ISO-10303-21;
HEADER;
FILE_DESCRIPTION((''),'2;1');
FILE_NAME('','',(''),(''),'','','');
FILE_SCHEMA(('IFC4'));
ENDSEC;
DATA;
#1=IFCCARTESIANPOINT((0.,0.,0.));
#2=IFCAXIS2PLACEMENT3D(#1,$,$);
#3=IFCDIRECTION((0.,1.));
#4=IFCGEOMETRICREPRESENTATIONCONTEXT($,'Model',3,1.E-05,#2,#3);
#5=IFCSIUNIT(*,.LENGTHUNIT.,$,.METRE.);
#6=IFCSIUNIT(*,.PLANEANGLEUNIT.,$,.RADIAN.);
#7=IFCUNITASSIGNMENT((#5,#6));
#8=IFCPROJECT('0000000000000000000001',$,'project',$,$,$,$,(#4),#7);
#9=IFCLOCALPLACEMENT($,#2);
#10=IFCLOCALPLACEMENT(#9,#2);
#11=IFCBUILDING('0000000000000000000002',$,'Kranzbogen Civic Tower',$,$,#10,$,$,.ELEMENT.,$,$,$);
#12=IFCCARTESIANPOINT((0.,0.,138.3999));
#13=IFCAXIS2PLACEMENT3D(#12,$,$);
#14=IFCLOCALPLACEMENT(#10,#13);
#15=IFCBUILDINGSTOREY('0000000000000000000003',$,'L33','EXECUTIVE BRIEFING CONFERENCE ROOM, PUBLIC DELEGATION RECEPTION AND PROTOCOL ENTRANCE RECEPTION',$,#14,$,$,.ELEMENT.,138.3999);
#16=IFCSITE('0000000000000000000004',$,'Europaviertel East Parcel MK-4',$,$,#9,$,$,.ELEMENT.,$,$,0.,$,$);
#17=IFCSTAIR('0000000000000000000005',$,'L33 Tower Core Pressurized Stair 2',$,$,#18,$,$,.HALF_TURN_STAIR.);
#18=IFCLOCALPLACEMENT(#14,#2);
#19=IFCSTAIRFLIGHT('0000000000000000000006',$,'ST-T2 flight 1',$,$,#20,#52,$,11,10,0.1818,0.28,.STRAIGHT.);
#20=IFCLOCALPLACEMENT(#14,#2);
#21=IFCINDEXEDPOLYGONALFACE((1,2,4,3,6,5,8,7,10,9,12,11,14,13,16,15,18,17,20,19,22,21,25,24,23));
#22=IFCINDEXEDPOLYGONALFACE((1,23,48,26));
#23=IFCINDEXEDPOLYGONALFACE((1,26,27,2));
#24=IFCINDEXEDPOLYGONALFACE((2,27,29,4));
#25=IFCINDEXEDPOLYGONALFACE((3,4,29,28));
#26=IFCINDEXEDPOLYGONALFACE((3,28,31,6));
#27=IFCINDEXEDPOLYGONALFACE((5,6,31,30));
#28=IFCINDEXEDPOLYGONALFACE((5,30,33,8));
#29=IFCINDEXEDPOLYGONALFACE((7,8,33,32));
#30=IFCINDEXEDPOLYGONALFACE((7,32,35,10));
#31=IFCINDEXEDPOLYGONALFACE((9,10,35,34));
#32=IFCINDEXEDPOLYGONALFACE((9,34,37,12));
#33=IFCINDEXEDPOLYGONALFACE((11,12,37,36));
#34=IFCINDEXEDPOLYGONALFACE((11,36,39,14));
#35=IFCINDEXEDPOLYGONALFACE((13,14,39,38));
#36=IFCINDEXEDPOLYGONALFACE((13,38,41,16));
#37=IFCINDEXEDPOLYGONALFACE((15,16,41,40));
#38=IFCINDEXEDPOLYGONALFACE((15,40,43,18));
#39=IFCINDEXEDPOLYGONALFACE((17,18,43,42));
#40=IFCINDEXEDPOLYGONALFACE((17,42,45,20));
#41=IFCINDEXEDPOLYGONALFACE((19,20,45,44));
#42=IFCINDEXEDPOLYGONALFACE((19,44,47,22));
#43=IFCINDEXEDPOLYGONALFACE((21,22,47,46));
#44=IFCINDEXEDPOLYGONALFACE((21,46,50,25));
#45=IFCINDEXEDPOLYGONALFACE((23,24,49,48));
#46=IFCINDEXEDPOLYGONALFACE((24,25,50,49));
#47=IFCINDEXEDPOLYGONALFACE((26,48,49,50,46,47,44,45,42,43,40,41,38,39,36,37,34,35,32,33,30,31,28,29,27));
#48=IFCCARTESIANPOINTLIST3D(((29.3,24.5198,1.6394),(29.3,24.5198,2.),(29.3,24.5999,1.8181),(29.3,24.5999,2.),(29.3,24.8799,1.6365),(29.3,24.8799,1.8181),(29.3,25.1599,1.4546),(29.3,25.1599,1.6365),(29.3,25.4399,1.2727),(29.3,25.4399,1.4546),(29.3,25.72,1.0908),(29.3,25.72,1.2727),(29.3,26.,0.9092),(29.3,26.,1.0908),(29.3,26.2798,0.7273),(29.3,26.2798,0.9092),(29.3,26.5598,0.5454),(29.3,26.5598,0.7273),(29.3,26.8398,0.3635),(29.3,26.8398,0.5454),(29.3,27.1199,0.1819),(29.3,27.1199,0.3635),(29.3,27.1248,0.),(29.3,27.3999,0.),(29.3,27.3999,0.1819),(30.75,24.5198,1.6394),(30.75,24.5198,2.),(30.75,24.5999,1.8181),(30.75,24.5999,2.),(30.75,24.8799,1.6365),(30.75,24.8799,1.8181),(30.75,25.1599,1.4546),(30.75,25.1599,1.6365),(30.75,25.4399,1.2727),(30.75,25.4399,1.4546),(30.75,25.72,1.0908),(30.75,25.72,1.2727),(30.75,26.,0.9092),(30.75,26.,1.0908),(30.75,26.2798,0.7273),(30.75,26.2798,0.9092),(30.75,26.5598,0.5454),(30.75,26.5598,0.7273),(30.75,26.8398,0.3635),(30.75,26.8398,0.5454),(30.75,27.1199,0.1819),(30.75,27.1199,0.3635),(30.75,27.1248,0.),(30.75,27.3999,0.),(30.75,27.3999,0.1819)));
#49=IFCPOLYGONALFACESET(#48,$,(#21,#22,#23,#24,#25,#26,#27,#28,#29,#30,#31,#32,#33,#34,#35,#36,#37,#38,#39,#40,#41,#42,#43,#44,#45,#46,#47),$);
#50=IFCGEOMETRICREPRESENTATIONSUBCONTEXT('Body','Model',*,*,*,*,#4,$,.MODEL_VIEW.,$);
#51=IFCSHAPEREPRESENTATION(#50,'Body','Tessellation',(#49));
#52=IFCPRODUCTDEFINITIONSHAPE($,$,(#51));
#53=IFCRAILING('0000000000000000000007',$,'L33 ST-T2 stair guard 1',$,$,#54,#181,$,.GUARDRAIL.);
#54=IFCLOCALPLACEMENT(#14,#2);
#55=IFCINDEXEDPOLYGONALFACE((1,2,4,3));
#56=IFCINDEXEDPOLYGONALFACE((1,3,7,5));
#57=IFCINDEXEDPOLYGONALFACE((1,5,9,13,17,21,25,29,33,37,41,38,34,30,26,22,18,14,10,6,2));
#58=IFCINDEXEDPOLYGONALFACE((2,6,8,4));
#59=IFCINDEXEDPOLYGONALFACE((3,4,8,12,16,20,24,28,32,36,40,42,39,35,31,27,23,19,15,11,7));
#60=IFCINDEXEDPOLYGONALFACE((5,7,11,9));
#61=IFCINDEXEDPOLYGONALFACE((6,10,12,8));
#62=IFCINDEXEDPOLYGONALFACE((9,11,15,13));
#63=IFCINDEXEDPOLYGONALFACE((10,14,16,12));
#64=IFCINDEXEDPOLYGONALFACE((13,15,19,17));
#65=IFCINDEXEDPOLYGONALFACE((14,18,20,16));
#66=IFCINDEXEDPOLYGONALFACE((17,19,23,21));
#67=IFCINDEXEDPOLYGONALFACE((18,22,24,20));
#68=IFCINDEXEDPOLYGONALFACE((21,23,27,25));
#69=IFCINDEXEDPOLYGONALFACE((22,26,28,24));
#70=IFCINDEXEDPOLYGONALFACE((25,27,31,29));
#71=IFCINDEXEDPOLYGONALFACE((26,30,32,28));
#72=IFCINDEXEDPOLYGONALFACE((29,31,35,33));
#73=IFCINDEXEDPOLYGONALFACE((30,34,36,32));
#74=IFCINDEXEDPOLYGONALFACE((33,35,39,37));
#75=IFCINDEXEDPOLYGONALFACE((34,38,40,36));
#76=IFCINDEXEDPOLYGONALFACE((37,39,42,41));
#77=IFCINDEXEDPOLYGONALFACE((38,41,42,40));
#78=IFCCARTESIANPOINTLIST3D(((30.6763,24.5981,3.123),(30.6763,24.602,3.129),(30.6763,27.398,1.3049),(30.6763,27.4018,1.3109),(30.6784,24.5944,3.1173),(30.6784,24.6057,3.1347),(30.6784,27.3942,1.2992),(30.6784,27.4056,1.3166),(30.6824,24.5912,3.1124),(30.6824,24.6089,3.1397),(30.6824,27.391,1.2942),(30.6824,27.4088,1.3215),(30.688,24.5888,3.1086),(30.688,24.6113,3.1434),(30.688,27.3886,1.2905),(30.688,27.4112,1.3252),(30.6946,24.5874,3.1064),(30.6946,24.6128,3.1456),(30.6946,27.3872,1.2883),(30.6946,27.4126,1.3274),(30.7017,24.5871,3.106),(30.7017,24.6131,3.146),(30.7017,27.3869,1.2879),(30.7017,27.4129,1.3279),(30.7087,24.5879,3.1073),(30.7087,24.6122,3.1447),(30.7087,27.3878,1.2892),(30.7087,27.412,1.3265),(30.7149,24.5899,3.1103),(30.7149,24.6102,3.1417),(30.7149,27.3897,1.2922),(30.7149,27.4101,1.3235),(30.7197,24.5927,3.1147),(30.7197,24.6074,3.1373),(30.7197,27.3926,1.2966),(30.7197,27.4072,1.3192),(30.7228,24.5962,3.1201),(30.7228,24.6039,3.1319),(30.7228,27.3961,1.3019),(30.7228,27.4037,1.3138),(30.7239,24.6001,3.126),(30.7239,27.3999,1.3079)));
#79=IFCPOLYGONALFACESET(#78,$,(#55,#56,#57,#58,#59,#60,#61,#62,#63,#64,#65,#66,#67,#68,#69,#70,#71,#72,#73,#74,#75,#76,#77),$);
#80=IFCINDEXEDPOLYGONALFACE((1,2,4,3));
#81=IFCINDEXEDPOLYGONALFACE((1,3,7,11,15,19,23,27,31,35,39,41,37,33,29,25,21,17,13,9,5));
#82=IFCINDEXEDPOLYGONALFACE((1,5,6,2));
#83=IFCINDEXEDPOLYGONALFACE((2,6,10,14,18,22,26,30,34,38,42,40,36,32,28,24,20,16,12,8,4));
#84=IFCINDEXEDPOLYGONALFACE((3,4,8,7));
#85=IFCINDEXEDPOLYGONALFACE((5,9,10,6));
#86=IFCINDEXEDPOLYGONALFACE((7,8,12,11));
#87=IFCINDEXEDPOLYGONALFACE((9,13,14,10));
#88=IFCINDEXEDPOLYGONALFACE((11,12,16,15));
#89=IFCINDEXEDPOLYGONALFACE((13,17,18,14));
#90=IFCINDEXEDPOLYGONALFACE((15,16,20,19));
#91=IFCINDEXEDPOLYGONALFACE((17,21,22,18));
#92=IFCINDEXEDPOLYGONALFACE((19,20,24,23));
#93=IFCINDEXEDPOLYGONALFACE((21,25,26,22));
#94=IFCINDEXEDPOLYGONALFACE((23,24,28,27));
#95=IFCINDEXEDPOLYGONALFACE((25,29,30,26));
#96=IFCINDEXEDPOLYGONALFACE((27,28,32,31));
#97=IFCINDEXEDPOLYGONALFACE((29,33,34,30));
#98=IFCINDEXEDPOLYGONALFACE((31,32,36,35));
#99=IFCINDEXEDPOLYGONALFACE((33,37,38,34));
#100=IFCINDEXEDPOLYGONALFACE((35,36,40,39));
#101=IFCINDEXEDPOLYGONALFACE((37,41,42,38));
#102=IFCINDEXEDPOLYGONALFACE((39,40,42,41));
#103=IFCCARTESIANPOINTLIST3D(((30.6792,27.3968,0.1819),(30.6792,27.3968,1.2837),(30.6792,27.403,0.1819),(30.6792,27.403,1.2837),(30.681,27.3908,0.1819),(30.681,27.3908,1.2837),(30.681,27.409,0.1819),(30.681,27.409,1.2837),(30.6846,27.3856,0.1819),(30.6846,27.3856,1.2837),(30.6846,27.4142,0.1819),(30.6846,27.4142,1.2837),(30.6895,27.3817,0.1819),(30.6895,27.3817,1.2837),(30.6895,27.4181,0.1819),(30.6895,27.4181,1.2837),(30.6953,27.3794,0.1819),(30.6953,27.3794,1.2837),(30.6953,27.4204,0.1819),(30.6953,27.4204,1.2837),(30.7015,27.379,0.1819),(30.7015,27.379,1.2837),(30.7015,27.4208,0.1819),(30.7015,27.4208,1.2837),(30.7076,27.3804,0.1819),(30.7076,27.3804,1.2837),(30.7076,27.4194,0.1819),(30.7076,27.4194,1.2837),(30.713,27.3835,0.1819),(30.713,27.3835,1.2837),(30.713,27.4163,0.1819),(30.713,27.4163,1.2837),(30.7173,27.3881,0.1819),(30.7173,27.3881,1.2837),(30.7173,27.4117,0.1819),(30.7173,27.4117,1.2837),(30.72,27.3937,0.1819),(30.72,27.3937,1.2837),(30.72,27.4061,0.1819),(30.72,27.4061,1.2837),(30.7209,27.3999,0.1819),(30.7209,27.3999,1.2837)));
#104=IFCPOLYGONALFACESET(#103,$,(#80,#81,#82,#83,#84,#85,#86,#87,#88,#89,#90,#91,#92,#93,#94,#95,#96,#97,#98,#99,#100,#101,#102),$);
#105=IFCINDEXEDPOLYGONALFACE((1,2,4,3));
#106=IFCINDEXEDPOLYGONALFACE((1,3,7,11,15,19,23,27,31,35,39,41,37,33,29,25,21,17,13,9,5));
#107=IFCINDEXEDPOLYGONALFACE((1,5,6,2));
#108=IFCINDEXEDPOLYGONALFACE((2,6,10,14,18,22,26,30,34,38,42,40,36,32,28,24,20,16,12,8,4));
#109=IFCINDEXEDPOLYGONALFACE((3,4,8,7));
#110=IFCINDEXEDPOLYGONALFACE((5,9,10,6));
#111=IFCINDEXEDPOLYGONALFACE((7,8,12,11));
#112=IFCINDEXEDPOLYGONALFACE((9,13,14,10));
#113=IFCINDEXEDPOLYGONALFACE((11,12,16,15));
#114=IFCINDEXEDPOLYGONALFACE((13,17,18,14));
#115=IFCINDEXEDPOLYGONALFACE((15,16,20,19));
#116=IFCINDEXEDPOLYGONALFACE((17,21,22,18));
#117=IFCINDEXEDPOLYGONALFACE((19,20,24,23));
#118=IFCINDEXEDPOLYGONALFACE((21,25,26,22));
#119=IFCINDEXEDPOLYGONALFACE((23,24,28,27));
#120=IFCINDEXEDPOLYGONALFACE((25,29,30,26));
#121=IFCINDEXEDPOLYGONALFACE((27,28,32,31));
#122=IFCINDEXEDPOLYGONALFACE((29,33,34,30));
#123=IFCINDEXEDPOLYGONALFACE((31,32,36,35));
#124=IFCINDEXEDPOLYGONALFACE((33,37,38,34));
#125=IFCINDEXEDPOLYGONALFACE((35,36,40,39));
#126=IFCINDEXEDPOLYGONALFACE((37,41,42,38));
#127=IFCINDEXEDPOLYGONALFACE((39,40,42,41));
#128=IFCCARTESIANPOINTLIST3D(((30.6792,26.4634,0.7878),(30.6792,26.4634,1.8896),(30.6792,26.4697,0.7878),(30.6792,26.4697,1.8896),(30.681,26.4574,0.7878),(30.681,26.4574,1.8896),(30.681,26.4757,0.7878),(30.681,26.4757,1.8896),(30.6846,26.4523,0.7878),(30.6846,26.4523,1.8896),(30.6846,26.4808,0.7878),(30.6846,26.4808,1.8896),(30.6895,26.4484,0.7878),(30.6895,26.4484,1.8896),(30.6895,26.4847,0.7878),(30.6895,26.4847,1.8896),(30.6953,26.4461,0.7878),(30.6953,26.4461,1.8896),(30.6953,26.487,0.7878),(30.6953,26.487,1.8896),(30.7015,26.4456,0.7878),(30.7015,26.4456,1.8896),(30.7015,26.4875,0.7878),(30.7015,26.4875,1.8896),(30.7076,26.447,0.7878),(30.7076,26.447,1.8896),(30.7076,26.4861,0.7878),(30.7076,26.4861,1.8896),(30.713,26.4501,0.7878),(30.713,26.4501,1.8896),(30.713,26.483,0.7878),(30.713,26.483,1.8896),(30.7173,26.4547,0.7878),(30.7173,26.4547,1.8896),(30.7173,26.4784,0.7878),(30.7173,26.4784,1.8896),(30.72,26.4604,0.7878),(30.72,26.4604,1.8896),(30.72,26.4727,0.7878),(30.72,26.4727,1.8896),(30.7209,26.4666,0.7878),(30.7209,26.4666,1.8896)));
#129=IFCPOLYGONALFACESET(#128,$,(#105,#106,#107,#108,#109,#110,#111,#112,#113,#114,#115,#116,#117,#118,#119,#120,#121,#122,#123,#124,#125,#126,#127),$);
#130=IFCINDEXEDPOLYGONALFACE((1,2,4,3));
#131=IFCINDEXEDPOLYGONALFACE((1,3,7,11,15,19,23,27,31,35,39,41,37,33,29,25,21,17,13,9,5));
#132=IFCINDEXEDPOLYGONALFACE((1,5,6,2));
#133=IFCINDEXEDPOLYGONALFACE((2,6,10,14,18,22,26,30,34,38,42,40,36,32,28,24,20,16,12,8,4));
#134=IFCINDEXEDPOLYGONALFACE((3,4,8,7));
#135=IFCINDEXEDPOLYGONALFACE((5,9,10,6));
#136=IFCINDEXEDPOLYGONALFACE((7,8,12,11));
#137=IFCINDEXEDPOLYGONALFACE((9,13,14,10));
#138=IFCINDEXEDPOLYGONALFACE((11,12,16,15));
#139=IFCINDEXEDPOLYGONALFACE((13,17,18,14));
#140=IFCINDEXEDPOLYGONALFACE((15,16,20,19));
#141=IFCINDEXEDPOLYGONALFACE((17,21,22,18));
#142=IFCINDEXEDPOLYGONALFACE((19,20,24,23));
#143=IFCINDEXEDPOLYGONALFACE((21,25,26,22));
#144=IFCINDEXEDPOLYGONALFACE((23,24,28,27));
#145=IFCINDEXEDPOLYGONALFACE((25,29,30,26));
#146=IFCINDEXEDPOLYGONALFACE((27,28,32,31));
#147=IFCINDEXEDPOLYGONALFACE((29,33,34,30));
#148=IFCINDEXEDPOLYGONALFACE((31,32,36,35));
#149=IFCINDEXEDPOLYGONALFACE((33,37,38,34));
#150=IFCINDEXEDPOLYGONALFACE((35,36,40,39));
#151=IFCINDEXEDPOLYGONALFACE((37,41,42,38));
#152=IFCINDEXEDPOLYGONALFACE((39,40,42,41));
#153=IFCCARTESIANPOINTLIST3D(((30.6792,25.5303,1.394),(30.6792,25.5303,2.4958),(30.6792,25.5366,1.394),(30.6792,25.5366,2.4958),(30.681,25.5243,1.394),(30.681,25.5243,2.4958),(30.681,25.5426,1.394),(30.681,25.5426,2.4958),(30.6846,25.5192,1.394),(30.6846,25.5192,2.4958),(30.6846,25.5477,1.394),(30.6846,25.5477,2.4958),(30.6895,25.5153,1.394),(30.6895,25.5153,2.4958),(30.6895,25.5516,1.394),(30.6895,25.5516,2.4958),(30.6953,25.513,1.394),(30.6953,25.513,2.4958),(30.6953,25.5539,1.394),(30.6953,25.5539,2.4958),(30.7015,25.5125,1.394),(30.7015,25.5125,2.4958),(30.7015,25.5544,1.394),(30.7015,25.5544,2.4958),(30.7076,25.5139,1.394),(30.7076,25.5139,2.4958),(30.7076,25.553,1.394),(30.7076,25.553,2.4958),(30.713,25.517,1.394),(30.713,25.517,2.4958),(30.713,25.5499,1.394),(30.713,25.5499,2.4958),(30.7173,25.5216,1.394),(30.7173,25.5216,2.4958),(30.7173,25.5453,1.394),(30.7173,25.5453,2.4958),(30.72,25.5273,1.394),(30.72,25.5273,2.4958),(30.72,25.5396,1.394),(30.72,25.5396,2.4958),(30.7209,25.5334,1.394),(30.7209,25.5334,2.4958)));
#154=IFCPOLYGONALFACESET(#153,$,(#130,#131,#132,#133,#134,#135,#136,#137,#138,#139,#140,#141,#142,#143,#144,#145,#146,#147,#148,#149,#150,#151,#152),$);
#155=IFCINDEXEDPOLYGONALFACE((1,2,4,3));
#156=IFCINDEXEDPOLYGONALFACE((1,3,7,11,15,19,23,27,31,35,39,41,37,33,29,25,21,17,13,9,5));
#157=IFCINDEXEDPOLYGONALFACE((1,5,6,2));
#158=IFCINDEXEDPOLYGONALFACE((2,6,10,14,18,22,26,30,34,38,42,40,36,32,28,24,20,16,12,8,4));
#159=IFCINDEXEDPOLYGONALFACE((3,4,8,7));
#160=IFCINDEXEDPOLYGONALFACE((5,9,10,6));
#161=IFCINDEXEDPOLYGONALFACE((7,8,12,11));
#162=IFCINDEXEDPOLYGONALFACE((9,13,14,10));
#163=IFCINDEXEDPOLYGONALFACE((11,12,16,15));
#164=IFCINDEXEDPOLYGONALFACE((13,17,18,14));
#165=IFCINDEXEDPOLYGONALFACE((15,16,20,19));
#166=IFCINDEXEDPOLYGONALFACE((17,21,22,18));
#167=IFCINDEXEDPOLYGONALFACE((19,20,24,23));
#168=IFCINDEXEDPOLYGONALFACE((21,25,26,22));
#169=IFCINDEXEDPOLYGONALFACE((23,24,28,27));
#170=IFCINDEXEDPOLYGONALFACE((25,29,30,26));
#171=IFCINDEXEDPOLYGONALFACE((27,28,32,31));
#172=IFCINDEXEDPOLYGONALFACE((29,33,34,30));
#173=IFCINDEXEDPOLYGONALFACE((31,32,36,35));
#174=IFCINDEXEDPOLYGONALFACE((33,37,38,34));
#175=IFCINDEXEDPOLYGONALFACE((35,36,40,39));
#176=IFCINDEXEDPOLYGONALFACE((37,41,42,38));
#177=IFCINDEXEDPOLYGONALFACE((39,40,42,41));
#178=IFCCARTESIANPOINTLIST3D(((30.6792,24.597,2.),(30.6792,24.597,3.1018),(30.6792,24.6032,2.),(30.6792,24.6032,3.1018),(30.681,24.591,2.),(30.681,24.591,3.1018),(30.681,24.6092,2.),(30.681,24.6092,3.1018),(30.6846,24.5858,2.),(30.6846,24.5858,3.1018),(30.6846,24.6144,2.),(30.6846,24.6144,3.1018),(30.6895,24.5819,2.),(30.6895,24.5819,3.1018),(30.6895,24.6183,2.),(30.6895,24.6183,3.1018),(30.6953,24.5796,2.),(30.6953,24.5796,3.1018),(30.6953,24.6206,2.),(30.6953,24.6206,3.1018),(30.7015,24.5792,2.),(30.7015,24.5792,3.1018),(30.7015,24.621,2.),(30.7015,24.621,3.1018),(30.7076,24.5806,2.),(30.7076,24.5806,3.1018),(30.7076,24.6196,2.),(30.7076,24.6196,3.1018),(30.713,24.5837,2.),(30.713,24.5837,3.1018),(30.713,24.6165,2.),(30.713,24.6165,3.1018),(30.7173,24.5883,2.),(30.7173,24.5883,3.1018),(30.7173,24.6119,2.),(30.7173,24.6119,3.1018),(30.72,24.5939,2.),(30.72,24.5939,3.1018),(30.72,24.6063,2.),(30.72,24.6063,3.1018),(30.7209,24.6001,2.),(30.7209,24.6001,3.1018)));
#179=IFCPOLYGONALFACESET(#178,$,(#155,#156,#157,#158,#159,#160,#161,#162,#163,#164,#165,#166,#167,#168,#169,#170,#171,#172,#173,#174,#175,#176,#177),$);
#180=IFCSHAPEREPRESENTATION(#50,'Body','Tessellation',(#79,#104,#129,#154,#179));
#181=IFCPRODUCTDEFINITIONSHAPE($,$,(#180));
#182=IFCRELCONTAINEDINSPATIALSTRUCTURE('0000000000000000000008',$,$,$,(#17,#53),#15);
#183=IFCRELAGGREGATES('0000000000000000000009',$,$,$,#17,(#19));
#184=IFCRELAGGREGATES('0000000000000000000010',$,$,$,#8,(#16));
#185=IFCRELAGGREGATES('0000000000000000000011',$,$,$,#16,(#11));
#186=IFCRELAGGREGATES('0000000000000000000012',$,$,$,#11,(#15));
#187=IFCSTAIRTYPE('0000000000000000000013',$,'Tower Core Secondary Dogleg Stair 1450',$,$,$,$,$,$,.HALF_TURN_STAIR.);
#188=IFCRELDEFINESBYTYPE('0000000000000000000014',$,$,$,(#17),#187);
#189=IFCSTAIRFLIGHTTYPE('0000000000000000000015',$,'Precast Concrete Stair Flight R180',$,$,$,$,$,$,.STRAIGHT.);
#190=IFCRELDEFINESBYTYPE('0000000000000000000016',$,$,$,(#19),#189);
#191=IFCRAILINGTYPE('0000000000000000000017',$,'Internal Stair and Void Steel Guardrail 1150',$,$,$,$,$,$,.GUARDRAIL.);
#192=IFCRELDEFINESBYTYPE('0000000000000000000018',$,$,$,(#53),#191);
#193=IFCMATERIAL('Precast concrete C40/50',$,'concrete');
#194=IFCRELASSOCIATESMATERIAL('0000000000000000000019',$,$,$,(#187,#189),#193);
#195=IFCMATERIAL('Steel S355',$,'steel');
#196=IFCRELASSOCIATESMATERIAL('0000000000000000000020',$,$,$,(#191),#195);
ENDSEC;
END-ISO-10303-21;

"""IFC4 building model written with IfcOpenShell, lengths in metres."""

from ifc_helpers import new_model, si_unit, direction, frame, origin, origin_2d, place, context, subcontext, project, spatial, polyline, circle, outline, extrude, material, type_object, element, aggregate, save


model = new_model("IFC4")

# Units and contexts
model_context = context("Model", 3, precision=1e-05, world=origin(), true_north=direction((0.0, 1.0)))
body_context = subcontext(model_context, "Body", "Model", "MODEL_VIEW")
ifc_project = project(units=[si_unit("LENGTHUNIT", "METRE"), si_unit("PLANEANGLEUNIT", "RADIAN")], contexts=[model_context])

# Site, building, storey
site_placement = place(None, origin())
site = spatial("IfcSite", under=ifc_project, at=site_placement, Name="Europaviertel East Parcel MK-4", CompositionType="ELEMENT", RefElevation=0.0)
building_placement = place(site_placement, origin())
building = spatial("IfcBuilding", under=site, at=building_placement, Name="Kranzbogen Civic Tower", CompositionType="ELEMENT")
storey_placement = place(building_placement, frame((0.0, 0.0, 138.3999)))
storey = spatial("IfcBuildingStorey", under=building, at=storey_placement, Name="L33", Description="EXECUTIVE BRIEFING CONFERENCE ROOM, PUBLIC DELEGATION RECEPTION AND PROTOCOL ENTRANCE RECEPTION", CompositionType="ELEMENT", Elevation=138.3999)

# Shared definitions
ifc_material_1 = material(Name="Steel S355", Category="steel")

# Stair, stair flight
ifc_material_2 = material(Name="Precast concrete C40/50", Category="concrete")
stair_type = type_object("IfcStairType", Name="Tower Core Secondary Dogleg Stair 1450", PredefinedType="HALF_TURN_STAIR", material=ifc_material_2)
stair_placement = place(storey_placement, origin())
stair = element("IfcStair", 1, at=stair_placement, inside=storey, type_object=stair_type, Name="L33 Tower Core Pressurized Stair 2", PredefinedType="HALF_TURN_STAIR")
stair_flight_type = type_object("IfcStairFlightType", Name="Precast Concrete Stair Flight R180", PredefinedType="STRAIGHT", material=ifc_material_2)
stair_flight_placement = place(storey_placement, frame((30.0249, 27.3999, 0.0), z_axis=(0.0, 0.0, 1.0), x_axis=(0.0, -1.0, 0.0)))
stair_flight = element("IfcStairFlight", 2, at=stair_flight_placement, type_object=stair_flight_type, Name="ST-T2 flight 1", NumberOfRisers=11, NumberOfTreads=10, PredefinedType="STRAIGHT", RiserHeight=0.1818, TreadLength=0.28, context=body_context, shape_type="SweptSolid", body=[
    extrude(outline(polyline([(0.0, 0.0), (0.0, 0.1819), (0.28, 0.1819), (0.28, 0.3635), (0.5601, 0.3635), (0.5601, 0.5454), (0.8401, 0.5454), (0.8401, 0.7273), (1.1201, 0.7273), (1.1201, 0.9092), (1.3999, 0.9092), (1.3999, 1.0908), (1.6799, 1.0908), (1.6799, 1.2727), (1.96, 1.2727), (1.96, 1.4546), (2.24, 1.4546), (2.24, 1.6365), (2.52, 1.6365), (2.52, 1.8181), (2.8, 1.8181), (2.8, 2.0), (2.8801, 2.0), (2.8801, 1.6394), (0.2751, 0.0), (0.0, 0.0)])), frame((0.0, 0.7251, 0.0), z_axis=(0.0, -1.0, 0.0), x_axis=(1.0, 0.0, 0.0)), (0.0, 0.0, 1.0), 1.45),
])
aggregate(stair, [stair_flight])

# Railing
railing_type_1 = type_object("IfcRailingType", Name="Internal Stair and Void Steel Guardrail 1150", PredefinedType="GUARDRAIL", material=ifc_material_1)
railing_1_placement = place(storey_placement, frame((30.7, 27.3999, 0.1819)))
element("IfcRailing", 3, at=railing_1_placement, inside=storey, type_object=railing_type_1, Name="L33 ST-T2 stair guard 1", PredefinedType="GUARDRAIL", context=body_context, shape_type="SweptSolid", body=[
    extrude(circle(Radius=0.0239, at=origin_2d()), frame((0.0, 0.0, 1.126), z_axis=(0.0, -0.838684, 0.544618), x_axis=(1.0, 0.0, 0.0)), (0.0, 0.0, 1.0), 3.3384),
    extrude(circle(Radius=0.021, at=origin_2d()), origin(), (0.0, 0.0, 1.0), 1.1018),
    extrude(circle(Radius=0.021, at=origin_2d()), frame((0.0, -0.9333, 0.606)), (0.0, 0.0, 1.0), 1.1018),
    extrude(circle(Radius=0.021, at=origin_2d()), frame((0.0, -1.8665, 1.2122)), (0.0, 0.0, 1.0), 1.1018),
    extrude(circle(Radius=0.021, at=origin_2d()), frame((0.0, -2.7998, 1.8181)), (0.0, 0.0, 1.0), 1.1018),
])

save(model, "model.ifc")
